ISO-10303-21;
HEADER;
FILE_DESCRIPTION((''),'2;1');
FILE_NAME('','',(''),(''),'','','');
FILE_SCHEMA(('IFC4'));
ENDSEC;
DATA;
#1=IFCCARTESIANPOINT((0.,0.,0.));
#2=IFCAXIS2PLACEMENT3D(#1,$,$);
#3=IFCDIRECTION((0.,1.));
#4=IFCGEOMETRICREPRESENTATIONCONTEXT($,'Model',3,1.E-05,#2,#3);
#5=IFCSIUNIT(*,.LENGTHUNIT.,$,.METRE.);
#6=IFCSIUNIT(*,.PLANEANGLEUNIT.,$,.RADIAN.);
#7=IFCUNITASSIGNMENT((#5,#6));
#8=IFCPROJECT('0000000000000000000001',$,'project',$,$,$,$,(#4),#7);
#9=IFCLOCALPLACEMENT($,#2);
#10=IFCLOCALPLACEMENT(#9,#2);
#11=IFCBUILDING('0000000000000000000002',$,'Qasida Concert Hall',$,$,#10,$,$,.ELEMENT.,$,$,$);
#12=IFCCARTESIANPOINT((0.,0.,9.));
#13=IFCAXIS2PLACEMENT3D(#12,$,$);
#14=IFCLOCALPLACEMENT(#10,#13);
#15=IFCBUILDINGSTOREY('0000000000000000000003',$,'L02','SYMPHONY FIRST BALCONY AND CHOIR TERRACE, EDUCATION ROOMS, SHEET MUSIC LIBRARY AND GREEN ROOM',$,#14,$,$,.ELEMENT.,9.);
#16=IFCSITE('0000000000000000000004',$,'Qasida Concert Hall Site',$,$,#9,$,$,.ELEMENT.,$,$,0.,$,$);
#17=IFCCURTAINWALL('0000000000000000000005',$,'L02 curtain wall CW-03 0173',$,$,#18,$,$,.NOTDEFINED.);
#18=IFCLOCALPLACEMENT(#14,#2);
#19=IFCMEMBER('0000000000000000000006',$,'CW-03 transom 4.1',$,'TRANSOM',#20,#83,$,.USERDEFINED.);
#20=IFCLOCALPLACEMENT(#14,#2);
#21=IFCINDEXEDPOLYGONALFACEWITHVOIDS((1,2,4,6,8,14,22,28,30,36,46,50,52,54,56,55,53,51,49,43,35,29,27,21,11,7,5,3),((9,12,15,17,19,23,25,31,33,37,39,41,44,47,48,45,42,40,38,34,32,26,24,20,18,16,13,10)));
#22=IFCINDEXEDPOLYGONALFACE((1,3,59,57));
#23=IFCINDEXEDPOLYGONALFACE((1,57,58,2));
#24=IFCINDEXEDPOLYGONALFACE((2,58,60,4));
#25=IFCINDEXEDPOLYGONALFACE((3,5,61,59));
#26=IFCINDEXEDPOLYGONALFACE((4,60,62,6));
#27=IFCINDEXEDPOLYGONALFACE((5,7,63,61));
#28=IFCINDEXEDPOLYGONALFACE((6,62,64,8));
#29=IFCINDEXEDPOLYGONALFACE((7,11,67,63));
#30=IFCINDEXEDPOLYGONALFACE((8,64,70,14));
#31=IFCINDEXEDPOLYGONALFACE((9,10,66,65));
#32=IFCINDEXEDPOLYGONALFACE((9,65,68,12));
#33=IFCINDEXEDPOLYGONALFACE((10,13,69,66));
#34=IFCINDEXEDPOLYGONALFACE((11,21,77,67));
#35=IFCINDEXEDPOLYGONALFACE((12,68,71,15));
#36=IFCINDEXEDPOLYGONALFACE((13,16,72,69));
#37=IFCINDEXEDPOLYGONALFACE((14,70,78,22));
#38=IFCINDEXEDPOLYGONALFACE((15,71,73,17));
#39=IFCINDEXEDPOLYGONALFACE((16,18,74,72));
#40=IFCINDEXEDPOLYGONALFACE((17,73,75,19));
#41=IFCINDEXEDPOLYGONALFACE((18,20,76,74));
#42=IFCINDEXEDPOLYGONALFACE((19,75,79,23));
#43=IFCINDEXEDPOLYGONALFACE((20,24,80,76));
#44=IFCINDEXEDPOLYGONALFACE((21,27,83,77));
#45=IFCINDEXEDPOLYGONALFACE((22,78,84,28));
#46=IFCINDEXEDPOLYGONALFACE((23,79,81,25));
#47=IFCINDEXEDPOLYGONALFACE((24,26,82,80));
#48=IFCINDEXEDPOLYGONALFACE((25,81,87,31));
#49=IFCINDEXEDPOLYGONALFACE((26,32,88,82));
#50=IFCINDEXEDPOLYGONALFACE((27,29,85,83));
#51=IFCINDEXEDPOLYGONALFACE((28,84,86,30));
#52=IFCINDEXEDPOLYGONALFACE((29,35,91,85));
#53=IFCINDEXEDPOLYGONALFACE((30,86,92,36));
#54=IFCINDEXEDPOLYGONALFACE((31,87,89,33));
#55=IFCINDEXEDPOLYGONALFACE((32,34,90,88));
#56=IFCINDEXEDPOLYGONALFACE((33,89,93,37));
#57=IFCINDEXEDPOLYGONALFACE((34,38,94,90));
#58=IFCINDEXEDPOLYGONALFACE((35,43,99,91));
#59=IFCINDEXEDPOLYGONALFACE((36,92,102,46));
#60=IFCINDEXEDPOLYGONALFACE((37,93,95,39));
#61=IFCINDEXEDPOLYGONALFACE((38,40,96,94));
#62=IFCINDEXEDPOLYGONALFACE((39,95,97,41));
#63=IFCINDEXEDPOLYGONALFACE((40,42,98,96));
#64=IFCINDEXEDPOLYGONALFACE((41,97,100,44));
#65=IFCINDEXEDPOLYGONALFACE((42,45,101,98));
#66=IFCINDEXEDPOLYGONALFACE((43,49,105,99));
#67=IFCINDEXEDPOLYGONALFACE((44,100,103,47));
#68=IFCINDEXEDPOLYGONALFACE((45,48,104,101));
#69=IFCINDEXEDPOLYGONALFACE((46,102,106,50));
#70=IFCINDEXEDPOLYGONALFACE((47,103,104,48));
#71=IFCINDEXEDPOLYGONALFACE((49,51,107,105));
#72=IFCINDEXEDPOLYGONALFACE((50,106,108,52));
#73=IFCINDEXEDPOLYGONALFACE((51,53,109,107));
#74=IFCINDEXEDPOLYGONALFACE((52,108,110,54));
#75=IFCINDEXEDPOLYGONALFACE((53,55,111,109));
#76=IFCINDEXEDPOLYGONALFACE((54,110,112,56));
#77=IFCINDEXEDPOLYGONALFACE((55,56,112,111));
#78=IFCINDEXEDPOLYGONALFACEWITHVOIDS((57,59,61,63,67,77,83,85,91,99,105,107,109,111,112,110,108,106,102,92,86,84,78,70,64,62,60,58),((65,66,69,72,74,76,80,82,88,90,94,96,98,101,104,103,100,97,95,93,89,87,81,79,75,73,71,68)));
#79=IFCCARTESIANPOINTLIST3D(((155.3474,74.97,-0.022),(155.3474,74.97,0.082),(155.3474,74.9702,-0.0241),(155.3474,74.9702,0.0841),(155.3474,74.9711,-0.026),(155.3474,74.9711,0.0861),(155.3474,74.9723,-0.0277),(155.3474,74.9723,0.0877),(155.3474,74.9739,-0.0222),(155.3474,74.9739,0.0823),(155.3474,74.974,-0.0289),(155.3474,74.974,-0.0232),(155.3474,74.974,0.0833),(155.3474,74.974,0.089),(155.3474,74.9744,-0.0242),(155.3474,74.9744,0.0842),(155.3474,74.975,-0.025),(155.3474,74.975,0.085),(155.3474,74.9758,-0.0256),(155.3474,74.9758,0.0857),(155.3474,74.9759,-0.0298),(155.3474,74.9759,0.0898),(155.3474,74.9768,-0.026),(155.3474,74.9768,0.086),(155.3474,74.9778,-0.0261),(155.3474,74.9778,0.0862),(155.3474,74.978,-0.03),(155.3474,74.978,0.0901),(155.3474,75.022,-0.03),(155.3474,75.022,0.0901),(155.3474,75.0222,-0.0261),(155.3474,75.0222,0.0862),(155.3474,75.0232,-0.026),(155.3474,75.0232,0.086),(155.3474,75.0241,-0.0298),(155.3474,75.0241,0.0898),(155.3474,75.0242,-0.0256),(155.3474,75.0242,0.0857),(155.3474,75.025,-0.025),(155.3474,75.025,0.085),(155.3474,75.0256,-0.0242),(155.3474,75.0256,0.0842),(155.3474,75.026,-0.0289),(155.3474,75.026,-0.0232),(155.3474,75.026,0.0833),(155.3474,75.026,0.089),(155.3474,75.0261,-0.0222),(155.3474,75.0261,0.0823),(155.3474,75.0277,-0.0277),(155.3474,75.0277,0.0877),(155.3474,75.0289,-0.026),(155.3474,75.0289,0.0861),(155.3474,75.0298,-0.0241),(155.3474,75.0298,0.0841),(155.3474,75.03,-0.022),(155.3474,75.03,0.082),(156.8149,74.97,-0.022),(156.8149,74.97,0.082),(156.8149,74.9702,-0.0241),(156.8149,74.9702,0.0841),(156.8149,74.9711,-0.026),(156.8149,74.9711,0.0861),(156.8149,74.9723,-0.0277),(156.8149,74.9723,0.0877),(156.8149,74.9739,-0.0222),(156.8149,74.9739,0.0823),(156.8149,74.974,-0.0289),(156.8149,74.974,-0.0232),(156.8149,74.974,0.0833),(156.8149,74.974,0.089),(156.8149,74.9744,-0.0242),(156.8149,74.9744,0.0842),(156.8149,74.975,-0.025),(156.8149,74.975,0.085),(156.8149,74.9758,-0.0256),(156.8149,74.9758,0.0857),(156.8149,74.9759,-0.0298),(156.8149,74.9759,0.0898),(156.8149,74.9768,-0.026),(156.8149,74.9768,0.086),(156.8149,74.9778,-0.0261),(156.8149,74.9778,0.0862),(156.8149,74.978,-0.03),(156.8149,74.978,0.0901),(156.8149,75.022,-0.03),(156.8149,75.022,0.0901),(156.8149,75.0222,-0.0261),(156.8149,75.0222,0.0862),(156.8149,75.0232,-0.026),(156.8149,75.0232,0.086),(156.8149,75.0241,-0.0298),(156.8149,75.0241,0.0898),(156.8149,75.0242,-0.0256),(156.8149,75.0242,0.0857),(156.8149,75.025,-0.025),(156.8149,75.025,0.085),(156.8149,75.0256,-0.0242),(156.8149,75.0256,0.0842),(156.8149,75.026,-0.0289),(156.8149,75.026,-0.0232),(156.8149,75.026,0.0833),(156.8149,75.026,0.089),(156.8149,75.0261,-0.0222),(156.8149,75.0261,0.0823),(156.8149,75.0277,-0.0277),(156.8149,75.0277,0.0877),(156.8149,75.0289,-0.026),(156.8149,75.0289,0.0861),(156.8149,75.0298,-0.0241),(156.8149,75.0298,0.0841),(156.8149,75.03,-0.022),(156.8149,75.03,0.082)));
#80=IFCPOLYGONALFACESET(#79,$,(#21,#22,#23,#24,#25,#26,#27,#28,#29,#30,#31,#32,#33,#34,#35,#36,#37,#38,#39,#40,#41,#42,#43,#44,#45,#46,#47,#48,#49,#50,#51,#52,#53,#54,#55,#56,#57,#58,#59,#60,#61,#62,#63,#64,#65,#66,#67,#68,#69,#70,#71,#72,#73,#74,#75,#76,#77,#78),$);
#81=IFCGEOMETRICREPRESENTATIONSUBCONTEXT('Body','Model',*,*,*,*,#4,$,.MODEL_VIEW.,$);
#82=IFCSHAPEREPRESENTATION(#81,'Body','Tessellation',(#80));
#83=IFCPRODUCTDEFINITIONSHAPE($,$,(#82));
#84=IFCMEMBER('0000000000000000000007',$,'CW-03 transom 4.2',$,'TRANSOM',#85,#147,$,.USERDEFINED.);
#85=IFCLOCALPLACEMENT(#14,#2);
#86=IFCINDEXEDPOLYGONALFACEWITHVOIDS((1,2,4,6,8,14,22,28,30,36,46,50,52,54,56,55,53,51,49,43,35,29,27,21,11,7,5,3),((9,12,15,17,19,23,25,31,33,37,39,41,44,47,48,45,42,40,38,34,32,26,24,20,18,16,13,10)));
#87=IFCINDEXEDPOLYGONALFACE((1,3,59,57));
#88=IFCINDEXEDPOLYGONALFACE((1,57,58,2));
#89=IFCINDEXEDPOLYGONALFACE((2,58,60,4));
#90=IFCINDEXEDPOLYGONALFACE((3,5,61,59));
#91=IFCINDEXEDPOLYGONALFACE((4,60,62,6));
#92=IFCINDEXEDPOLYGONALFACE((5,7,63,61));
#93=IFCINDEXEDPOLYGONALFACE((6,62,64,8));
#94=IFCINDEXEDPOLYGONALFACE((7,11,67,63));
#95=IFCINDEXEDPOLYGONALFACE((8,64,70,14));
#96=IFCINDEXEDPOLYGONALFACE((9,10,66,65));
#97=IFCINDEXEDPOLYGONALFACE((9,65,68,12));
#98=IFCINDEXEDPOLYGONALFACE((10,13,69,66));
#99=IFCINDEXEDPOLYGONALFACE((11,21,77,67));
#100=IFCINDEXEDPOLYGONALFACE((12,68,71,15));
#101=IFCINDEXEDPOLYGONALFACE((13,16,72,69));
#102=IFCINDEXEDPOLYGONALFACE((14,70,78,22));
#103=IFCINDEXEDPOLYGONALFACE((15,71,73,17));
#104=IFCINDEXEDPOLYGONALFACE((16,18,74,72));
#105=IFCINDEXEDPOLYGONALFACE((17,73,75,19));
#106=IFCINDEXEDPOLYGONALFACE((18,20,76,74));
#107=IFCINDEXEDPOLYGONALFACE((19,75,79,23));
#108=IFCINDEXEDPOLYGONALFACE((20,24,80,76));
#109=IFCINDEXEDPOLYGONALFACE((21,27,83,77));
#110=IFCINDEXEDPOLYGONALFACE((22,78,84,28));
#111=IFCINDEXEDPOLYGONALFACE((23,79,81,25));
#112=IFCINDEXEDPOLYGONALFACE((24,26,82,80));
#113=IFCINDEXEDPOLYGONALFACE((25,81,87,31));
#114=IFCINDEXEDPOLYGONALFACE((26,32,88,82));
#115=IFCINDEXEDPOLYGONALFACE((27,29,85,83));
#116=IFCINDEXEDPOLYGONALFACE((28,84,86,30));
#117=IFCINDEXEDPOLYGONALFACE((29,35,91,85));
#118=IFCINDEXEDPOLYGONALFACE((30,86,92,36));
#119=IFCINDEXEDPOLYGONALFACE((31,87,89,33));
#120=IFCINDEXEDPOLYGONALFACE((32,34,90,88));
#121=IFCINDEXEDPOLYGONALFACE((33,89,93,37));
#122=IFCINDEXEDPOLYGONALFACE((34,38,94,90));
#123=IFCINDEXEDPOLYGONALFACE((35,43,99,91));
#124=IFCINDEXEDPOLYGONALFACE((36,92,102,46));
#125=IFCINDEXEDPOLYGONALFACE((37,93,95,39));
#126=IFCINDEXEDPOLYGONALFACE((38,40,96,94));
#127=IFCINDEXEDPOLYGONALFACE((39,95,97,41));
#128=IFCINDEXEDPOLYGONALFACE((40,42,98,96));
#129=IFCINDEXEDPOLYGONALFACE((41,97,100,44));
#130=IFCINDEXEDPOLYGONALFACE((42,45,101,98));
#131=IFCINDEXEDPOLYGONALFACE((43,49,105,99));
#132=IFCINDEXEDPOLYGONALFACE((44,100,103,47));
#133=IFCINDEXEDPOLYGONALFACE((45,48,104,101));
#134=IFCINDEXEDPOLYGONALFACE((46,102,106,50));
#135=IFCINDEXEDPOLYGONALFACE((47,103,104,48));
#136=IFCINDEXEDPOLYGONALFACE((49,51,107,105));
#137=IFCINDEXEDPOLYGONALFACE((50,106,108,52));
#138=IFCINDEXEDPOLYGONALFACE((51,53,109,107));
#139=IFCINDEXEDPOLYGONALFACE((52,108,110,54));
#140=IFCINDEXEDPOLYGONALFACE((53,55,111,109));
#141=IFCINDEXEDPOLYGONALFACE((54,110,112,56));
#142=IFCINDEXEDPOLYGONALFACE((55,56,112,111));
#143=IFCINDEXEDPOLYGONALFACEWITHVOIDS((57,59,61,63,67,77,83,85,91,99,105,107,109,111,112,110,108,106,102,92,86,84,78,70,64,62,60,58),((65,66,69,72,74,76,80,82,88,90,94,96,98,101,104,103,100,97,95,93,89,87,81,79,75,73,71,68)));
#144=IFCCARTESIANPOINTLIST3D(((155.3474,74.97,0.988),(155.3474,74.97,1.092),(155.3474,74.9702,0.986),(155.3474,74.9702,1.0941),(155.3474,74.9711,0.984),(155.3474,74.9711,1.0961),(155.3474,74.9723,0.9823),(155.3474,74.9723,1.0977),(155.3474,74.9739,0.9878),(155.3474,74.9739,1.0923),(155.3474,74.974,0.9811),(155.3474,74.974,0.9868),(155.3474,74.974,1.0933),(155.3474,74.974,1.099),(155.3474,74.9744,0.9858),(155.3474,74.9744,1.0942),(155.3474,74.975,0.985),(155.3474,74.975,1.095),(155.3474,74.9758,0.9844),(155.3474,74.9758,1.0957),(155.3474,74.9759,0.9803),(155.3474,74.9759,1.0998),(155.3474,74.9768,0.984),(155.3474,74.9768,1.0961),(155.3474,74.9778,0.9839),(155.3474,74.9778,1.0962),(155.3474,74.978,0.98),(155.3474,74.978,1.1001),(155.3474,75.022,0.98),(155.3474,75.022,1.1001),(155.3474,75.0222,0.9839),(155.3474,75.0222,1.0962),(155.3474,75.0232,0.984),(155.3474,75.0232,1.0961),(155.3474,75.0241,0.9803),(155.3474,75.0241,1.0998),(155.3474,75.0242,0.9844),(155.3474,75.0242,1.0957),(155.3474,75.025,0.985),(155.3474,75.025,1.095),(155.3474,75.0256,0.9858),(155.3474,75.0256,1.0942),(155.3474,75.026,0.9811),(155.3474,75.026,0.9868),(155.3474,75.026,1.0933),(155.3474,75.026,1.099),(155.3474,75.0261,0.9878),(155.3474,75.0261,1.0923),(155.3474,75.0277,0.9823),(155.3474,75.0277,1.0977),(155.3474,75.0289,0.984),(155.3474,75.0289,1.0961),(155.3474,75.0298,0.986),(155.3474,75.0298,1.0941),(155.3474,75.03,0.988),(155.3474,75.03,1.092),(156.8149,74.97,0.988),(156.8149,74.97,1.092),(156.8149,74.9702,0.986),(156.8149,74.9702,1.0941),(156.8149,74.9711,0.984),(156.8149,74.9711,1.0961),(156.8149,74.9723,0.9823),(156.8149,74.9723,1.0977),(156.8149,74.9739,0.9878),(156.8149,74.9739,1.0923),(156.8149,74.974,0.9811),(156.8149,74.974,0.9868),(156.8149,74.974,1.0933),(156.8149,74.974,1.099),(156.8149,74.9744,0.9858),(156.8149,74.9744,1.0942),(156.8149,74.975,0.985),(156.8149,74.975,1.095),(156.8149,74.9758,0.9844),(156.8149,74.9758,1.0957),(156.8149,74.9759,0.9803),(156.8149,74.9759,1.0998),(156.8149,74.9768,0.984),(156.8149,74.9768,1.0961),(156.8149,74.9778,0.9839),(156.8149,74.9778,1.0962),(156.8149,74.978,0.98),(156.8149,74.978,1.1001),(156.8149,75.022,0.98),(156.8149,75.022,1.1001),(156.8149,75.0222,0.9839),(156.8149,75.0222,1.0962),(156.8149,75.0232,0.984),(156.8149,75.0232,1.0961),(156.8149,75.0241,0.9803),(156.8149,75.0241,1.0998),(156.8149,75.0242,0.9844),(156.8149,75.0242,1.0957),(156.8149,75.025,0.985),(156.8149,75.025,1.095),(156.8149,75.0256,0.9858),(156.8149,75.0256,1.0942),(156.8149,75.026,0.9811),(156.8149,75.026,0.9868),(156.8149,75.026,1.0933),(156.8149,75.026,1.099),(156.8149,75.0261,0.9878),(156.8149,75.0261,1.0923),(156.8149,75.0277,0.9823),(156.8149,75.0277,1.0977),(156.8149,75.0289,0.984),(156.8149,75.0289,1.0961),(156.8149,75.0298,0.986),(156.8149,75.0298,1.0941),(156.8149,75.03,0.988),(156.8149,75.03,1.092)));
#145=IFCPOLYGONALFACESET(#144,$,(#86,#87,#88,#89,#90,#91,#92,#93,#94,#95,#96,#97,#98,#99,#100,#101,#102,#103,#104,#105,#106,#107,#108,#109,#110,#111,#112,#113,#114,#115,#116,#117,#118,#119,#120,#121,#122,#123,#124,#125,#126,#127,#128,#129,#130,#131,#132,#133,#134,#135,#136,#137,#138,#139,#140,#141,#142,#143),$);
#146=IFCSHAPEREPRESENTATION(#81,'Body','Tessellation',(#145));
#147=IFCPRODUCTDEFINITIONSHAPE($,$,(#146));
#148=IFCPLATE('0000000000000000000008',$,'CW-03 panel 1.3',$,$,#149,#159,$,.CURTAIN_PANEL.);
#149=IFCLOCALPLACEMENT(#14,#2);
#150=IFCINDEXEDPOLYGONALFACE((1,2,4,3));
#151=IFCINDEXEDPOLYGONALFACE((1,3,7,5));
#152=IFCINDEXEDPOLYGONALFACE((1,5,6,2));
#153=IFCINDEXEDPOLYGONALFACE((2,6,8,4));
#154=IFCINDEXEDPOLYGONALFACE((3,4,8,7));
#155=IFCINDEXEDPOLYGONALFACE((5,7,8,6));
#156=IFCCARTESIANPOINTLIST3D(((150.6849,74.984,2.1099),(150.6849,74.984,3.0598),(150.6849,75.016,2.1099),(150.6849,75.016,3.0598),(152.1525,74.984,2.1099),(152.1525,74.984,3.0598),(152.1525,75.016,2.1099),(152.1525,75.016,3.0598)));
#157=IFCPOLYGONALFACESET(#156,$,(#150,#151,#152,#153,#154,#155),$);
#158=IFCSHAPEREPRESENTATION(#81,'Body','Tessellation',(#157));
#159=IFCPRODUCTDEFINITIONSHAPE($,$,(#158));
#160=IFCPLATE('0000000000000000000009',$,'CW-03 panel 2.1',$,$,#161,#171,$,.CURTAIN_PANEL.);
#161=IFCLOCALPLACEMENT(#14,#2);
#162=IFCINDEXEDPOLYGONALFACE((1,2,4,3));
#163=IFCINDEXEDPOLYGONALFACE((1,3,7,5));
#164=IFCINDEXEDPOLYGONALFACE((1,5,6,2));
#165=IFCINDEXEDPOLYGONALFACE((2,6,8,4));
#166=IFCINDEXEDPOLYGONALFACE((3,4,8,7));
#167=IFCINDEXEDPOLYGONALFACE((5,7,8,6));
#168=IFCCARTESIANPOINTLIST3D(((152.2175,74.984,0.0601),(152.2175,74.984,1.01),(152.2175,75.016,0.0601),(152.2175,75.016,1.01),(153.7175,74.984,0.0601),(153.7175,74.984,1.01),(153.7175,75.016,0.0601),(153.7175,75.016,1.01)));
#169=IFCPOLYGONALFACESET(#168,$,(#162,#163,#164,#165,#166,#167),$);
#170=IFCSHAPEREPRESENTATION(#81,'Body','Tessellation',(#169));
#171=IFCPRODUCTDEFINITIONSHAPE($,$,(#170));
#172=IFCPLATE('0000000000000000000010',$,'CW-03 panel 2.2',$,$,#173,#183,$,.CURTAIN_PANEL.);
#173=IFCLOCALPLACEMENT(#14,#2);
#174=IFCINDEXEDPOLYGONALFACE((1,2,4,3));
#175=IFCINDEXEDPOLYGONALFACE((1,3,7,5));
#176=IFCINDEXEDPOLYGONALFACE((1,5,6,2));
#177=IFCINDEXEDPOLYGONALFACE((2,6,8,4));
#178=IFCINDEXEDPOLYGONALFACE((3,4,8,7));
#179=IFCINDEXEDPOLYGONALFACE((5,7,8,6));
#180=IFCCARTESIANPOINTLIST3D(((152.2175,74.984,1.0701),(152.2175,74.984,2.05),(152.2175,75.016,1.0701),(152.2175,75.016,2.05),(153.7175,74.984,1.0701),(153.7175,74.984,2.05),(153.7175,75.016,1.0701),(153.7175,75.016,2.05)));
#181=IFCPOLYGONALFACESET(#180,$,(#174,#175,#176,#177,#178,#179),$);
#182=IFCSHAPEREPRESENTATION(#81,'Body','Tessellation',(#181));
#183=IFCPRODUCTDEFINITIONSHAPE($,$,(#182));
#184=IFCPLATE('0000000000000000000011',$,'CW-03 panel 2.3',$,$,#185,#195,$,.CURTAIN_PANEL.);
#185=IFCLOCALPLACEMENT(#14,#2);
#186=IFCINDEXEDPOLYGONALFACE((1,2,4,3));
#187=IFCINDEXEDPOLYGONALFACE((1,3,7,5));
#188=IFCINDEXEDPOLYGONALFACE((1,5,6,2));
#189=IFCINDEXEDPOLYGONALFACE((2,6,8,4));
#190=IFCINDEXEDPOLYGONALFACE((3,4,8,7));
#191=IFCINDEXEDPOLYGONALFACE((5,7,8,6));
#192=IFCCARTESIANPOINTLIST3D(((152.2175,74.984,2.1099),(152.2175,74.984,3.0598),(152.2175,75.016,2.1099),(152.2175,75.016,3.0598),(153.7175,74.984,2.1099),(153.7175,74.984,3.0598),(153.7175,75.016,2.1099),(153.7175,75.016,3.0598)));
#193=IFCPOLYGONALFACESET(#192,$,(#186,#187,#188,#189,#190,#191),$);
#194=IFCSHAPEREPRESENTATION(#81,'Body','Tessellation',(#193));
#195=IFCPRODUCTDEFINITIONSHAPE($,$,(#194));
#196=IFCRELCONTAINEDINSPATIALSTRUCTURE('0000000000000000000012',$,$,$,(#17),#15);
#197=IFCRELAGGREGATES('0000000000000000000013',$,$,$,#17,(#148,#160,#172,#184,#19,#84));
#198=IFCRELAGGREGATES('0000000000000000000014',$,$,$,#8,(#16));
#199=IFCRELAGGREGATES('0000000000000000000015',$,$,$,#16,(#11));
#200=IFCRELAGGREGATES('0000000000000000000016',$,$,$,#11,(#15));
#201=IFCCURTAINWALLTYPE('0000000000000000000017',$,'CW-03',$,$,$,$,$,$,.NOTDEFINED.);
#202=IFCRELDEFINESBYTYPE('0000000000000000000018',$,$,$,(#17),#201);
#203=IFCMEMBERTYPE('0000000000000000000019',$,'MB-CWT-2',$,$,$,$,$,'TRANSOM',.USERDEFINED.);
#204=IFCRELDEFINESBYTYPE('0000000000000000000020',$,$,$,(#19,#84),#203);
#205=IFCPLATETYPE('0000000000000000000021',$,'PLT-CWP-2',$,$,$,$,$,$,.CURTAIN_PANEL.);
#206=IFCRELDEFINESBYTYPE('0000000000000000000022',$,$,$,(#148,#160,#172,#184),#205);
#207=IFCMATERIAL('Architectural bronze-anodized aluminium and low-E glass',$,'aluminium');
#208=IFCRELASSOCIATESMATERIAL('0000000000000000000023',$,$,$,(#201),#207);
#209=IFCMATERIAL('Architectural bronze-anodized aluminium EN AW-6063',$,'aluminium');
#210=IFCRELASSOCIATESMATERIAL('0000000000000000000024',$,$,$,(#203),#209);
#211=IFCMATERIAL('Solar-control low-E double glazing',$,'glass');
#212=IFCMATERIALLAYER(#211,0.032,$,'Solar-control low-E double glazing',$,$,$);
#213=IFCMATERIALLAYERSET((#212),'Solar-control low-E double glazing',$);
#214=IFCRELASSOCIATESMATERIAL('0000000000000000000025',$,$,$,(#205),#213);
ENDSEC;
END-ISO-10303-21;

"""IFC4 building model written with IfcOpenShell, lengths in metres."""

from ifc_helpers import new_model, si_unit, direction, frame, origin, origin_2d, place, context, subcontext, project, spatial, rectangle, hollow_rectangle, extrude, material, layer, layer_set, material_profile, profile_set, type_object, element, aggregate, save


model = new_model("IFC4")

# Units and contexts
model_context = context("Model", 3, precision=1e-05, world=origin(), true_north=direction((0.0, 1.0)))
body_context = subcontext(model_context, "Body", "Model", "MODEL_VIEW")
ifc_project = project(units=[si_unit("LENGTHUNIT", "METRE"), si_unit("PLANEANGLEUNIT", "RADIAN")], contexts=[model_context])

# Site, building, storey
site_placement = place(None, origin())
site = spatial("IfcSite", under=ifc_project, at=site_placement, Name="Qasida Concert Hall Site", CompositionType="ELEMENT", RefElevation=0.0)
building_placement = place(site_placement, origin())
building = spatial("IfcBuilding", under=site, at=building_placement, Name="Qasida Concert Hall", CompositionType="ELEMENT")
storey_placement = place(building_placement, frame((0.0, 0.0, 9.0)))
storey = spatial("IfcBuildingStorey", under=building, at=storey_placement, Name="L02", Description="SYMPHONY FIRST BALCONY AND CHOIR TERRACE, EDUCATION ROOMS, SHEET MUSIC LIBRARY AND GREEN ROOM", CompositionType="ELEMENT", Elevation=9.0)

# Curtain wall, members, plates
ifc_material_1 = material(Name="Architectural bronze-anodized aluminium and low-E glass", Category="aluminium")
curtain_wall_type = type_object("IfcCurtainWallType", Name="CW-03", PredefinedType="NOTDEFINED", material=ifc_material_1)
curtain_wall_placement = place(storey_placement, origin())
curtain_wall = element("IfcCurtainWall", 1, at=curtain_wall_placement, inside=storey, type_object=curtain_wall_type, Name="L02 curtain wall CW-03 0173", PredefinedType="NOTDEFINED")
ifc_material_2 = material(Name="Architectural bronze-anodized aluminium EN AW-6063", Category="aluminium")
ifc_material_profile_1 = material_profile(ifc_material_2, hollow_rectangle(XDim=0.0601, YDim=0.1201, WallThickness=0.0039, InnerFilletRadius=0.0039, OuterFilletRadius=0.0081, at=origin_2d()), Name="CWT 120x60x4")
ifc_profile_set_1 = profile_set([ifc_material_profile_1], Name="Architectural bronze-anodized aluminium EN AW-6063")
member_type_1 = type_object("IfcMemberType", Name="MB-CWT-2", ElementType="TRANSOM", PredefinedType="USERDEFINED", material=ifc_profile_set_1)
member_1_placement = place(storey_placement, frame((155.3474, 75.0, 0.03), z_axis=(1.0, 0.0, 0.0), x_axis=(0.0, 1.0, 0.0)))
member_1 = element("IfcMember", 2, at=member_1_placement, type_object=member_type_1, Name="CW-03 transom 4.1", ObjectType="TRANSOM", PredefinedType="USERDEFINED", context=body_context, shape_type="SweptSolid", body=[
    extrude(hollow_rectangle(XDim=0.0601, YDim=0.1201, WallThickness=0.0039, InnerFilletRadius=0.0039, OuterFilletRadius=0.0081, at=origin_2d()), origin(), (0.0, 0.0, 1.0), 1.4675),
])
member_2_placement = place(storey_placement, frame((155.3474, 75.0, 1.04), z_axis=(1.0, 0.0, 0.0), x_axis=(0.0, 1.0, 0.0)))
member_2 = element("IfcMember", 3, at=member_2_placement, type_object=member_type_1, Name="CW-03 transom 4.2", ObjectType="TRANSOM", PredefinedType="USERDEFINED", context=body_context, shape_type="SweptSolid", body=[
    extrude(hollow_rectangle(XDim=0.0601, YDim=0.1201, WallThickness=0.0039, InnerFilletRadius=0.0039, OuterFilletRadius=0.0081, at=origin_2d()), origin(), (0.0, 0.0, 1.0), 1.4675),
])
ifc_material_3 = material(Name="Solar-control low-E double glazing", Category="glass")
ifc_layer_1 = layer(ifc_material_3, 0.032, Name="Solar-control low-E double glazing")
ifc_layer_set_1 = layer_set([ifc_layer_1], Name="Solar-control low-E double glazing")
plate_type = type_object("IfcPlateType", Name="PLT-CWP-2", PredefinedType="CURTAIN_PANEL", material=ifc_layer_set_1)
plate_1_placement = place(storey_placement, frame((151.4187, 75.0, 2.1099), z_axis=(0.0, 0.0, 1.0), x_axis=(1.0, 0.0, 0.0)))
plate_1 = element("IfcPlate", 4, at=plate_1_placement, type_object=plate_type, Name="CW-03 panel 1.3", PredefinedType="CURTAIN_PANEL", context=body_context, shape_type="SweptSolid", body=[
    extrude(rectangle(XDim=1.4675, YDim=0.032, at=origin_2d()), origin(), (0.0, 0.0, 1.0), 0.95),
])
plate_2_placement = place(storey_placement, frame((152.9675, 75.0, 0.0601), z_axis=(0.0, 0.0, 1.0), x_axis=(1.0, 0.0, 0.0)))
plate_2 = element("IfcPlate", 5, at=plate_2_placement, type_object=plate_type, Name="CW-03 panel 2.1", PredefinedType="CURTAIN_PANEL", context=body_context, shape_type="SweptSolid", body=[
    extrude(rectangle(XDim=1.5, YDim=0.032, at=origin_2d()), origin(), (0.0, 0.0, 1.0), 0.95),
])
plate_3_placement = place(storey_placement, frame((152.9675, 75.0, 1.0701), z_axis=(0.0, 0.0, 1.0), x_axis=(1.0, 0.0, 0.0)))
plate_3 = element("IfcPlate", 6, at=plate_3_placement, type_object=plate_type, Name="CW-03 panel 2.2", PredefinedType="CURTAIN_PANEL", context=body_context, shape_type="SweptSolid", body=[
    extrude(rectangle(XDim=1.5, YDim=0.032, at=origin_2d()), origin(), (0.0, 0.0, 1.0), 0.98),
])
plate_4_placement = place(storey_placement, frame((152.9675, 75.0, 2.1099), z_axis=(0.0, 0.0, 1.0), x_axis=(1.0, 0.0, 0.0)))
plate_4 = element("IfcPlate", 7, at=plate_4_placement, type_object=plate_type, Name="CW-03 panel 2.3", PredefinedType="CURTAIN_PANEL", context=body_context, shape_type="SweptSolid", body=[
    extrude(rectangle(XDim=1.5, YDim=0.032, at=origin_2d()), origin(), (0.0, 0.0, 1.0), 0.95),
])
aggregate(curtain_wall, [plate_1, plate_2, plate_3, plate_4, member_1, member_2])

save(model, "model.ifc")
